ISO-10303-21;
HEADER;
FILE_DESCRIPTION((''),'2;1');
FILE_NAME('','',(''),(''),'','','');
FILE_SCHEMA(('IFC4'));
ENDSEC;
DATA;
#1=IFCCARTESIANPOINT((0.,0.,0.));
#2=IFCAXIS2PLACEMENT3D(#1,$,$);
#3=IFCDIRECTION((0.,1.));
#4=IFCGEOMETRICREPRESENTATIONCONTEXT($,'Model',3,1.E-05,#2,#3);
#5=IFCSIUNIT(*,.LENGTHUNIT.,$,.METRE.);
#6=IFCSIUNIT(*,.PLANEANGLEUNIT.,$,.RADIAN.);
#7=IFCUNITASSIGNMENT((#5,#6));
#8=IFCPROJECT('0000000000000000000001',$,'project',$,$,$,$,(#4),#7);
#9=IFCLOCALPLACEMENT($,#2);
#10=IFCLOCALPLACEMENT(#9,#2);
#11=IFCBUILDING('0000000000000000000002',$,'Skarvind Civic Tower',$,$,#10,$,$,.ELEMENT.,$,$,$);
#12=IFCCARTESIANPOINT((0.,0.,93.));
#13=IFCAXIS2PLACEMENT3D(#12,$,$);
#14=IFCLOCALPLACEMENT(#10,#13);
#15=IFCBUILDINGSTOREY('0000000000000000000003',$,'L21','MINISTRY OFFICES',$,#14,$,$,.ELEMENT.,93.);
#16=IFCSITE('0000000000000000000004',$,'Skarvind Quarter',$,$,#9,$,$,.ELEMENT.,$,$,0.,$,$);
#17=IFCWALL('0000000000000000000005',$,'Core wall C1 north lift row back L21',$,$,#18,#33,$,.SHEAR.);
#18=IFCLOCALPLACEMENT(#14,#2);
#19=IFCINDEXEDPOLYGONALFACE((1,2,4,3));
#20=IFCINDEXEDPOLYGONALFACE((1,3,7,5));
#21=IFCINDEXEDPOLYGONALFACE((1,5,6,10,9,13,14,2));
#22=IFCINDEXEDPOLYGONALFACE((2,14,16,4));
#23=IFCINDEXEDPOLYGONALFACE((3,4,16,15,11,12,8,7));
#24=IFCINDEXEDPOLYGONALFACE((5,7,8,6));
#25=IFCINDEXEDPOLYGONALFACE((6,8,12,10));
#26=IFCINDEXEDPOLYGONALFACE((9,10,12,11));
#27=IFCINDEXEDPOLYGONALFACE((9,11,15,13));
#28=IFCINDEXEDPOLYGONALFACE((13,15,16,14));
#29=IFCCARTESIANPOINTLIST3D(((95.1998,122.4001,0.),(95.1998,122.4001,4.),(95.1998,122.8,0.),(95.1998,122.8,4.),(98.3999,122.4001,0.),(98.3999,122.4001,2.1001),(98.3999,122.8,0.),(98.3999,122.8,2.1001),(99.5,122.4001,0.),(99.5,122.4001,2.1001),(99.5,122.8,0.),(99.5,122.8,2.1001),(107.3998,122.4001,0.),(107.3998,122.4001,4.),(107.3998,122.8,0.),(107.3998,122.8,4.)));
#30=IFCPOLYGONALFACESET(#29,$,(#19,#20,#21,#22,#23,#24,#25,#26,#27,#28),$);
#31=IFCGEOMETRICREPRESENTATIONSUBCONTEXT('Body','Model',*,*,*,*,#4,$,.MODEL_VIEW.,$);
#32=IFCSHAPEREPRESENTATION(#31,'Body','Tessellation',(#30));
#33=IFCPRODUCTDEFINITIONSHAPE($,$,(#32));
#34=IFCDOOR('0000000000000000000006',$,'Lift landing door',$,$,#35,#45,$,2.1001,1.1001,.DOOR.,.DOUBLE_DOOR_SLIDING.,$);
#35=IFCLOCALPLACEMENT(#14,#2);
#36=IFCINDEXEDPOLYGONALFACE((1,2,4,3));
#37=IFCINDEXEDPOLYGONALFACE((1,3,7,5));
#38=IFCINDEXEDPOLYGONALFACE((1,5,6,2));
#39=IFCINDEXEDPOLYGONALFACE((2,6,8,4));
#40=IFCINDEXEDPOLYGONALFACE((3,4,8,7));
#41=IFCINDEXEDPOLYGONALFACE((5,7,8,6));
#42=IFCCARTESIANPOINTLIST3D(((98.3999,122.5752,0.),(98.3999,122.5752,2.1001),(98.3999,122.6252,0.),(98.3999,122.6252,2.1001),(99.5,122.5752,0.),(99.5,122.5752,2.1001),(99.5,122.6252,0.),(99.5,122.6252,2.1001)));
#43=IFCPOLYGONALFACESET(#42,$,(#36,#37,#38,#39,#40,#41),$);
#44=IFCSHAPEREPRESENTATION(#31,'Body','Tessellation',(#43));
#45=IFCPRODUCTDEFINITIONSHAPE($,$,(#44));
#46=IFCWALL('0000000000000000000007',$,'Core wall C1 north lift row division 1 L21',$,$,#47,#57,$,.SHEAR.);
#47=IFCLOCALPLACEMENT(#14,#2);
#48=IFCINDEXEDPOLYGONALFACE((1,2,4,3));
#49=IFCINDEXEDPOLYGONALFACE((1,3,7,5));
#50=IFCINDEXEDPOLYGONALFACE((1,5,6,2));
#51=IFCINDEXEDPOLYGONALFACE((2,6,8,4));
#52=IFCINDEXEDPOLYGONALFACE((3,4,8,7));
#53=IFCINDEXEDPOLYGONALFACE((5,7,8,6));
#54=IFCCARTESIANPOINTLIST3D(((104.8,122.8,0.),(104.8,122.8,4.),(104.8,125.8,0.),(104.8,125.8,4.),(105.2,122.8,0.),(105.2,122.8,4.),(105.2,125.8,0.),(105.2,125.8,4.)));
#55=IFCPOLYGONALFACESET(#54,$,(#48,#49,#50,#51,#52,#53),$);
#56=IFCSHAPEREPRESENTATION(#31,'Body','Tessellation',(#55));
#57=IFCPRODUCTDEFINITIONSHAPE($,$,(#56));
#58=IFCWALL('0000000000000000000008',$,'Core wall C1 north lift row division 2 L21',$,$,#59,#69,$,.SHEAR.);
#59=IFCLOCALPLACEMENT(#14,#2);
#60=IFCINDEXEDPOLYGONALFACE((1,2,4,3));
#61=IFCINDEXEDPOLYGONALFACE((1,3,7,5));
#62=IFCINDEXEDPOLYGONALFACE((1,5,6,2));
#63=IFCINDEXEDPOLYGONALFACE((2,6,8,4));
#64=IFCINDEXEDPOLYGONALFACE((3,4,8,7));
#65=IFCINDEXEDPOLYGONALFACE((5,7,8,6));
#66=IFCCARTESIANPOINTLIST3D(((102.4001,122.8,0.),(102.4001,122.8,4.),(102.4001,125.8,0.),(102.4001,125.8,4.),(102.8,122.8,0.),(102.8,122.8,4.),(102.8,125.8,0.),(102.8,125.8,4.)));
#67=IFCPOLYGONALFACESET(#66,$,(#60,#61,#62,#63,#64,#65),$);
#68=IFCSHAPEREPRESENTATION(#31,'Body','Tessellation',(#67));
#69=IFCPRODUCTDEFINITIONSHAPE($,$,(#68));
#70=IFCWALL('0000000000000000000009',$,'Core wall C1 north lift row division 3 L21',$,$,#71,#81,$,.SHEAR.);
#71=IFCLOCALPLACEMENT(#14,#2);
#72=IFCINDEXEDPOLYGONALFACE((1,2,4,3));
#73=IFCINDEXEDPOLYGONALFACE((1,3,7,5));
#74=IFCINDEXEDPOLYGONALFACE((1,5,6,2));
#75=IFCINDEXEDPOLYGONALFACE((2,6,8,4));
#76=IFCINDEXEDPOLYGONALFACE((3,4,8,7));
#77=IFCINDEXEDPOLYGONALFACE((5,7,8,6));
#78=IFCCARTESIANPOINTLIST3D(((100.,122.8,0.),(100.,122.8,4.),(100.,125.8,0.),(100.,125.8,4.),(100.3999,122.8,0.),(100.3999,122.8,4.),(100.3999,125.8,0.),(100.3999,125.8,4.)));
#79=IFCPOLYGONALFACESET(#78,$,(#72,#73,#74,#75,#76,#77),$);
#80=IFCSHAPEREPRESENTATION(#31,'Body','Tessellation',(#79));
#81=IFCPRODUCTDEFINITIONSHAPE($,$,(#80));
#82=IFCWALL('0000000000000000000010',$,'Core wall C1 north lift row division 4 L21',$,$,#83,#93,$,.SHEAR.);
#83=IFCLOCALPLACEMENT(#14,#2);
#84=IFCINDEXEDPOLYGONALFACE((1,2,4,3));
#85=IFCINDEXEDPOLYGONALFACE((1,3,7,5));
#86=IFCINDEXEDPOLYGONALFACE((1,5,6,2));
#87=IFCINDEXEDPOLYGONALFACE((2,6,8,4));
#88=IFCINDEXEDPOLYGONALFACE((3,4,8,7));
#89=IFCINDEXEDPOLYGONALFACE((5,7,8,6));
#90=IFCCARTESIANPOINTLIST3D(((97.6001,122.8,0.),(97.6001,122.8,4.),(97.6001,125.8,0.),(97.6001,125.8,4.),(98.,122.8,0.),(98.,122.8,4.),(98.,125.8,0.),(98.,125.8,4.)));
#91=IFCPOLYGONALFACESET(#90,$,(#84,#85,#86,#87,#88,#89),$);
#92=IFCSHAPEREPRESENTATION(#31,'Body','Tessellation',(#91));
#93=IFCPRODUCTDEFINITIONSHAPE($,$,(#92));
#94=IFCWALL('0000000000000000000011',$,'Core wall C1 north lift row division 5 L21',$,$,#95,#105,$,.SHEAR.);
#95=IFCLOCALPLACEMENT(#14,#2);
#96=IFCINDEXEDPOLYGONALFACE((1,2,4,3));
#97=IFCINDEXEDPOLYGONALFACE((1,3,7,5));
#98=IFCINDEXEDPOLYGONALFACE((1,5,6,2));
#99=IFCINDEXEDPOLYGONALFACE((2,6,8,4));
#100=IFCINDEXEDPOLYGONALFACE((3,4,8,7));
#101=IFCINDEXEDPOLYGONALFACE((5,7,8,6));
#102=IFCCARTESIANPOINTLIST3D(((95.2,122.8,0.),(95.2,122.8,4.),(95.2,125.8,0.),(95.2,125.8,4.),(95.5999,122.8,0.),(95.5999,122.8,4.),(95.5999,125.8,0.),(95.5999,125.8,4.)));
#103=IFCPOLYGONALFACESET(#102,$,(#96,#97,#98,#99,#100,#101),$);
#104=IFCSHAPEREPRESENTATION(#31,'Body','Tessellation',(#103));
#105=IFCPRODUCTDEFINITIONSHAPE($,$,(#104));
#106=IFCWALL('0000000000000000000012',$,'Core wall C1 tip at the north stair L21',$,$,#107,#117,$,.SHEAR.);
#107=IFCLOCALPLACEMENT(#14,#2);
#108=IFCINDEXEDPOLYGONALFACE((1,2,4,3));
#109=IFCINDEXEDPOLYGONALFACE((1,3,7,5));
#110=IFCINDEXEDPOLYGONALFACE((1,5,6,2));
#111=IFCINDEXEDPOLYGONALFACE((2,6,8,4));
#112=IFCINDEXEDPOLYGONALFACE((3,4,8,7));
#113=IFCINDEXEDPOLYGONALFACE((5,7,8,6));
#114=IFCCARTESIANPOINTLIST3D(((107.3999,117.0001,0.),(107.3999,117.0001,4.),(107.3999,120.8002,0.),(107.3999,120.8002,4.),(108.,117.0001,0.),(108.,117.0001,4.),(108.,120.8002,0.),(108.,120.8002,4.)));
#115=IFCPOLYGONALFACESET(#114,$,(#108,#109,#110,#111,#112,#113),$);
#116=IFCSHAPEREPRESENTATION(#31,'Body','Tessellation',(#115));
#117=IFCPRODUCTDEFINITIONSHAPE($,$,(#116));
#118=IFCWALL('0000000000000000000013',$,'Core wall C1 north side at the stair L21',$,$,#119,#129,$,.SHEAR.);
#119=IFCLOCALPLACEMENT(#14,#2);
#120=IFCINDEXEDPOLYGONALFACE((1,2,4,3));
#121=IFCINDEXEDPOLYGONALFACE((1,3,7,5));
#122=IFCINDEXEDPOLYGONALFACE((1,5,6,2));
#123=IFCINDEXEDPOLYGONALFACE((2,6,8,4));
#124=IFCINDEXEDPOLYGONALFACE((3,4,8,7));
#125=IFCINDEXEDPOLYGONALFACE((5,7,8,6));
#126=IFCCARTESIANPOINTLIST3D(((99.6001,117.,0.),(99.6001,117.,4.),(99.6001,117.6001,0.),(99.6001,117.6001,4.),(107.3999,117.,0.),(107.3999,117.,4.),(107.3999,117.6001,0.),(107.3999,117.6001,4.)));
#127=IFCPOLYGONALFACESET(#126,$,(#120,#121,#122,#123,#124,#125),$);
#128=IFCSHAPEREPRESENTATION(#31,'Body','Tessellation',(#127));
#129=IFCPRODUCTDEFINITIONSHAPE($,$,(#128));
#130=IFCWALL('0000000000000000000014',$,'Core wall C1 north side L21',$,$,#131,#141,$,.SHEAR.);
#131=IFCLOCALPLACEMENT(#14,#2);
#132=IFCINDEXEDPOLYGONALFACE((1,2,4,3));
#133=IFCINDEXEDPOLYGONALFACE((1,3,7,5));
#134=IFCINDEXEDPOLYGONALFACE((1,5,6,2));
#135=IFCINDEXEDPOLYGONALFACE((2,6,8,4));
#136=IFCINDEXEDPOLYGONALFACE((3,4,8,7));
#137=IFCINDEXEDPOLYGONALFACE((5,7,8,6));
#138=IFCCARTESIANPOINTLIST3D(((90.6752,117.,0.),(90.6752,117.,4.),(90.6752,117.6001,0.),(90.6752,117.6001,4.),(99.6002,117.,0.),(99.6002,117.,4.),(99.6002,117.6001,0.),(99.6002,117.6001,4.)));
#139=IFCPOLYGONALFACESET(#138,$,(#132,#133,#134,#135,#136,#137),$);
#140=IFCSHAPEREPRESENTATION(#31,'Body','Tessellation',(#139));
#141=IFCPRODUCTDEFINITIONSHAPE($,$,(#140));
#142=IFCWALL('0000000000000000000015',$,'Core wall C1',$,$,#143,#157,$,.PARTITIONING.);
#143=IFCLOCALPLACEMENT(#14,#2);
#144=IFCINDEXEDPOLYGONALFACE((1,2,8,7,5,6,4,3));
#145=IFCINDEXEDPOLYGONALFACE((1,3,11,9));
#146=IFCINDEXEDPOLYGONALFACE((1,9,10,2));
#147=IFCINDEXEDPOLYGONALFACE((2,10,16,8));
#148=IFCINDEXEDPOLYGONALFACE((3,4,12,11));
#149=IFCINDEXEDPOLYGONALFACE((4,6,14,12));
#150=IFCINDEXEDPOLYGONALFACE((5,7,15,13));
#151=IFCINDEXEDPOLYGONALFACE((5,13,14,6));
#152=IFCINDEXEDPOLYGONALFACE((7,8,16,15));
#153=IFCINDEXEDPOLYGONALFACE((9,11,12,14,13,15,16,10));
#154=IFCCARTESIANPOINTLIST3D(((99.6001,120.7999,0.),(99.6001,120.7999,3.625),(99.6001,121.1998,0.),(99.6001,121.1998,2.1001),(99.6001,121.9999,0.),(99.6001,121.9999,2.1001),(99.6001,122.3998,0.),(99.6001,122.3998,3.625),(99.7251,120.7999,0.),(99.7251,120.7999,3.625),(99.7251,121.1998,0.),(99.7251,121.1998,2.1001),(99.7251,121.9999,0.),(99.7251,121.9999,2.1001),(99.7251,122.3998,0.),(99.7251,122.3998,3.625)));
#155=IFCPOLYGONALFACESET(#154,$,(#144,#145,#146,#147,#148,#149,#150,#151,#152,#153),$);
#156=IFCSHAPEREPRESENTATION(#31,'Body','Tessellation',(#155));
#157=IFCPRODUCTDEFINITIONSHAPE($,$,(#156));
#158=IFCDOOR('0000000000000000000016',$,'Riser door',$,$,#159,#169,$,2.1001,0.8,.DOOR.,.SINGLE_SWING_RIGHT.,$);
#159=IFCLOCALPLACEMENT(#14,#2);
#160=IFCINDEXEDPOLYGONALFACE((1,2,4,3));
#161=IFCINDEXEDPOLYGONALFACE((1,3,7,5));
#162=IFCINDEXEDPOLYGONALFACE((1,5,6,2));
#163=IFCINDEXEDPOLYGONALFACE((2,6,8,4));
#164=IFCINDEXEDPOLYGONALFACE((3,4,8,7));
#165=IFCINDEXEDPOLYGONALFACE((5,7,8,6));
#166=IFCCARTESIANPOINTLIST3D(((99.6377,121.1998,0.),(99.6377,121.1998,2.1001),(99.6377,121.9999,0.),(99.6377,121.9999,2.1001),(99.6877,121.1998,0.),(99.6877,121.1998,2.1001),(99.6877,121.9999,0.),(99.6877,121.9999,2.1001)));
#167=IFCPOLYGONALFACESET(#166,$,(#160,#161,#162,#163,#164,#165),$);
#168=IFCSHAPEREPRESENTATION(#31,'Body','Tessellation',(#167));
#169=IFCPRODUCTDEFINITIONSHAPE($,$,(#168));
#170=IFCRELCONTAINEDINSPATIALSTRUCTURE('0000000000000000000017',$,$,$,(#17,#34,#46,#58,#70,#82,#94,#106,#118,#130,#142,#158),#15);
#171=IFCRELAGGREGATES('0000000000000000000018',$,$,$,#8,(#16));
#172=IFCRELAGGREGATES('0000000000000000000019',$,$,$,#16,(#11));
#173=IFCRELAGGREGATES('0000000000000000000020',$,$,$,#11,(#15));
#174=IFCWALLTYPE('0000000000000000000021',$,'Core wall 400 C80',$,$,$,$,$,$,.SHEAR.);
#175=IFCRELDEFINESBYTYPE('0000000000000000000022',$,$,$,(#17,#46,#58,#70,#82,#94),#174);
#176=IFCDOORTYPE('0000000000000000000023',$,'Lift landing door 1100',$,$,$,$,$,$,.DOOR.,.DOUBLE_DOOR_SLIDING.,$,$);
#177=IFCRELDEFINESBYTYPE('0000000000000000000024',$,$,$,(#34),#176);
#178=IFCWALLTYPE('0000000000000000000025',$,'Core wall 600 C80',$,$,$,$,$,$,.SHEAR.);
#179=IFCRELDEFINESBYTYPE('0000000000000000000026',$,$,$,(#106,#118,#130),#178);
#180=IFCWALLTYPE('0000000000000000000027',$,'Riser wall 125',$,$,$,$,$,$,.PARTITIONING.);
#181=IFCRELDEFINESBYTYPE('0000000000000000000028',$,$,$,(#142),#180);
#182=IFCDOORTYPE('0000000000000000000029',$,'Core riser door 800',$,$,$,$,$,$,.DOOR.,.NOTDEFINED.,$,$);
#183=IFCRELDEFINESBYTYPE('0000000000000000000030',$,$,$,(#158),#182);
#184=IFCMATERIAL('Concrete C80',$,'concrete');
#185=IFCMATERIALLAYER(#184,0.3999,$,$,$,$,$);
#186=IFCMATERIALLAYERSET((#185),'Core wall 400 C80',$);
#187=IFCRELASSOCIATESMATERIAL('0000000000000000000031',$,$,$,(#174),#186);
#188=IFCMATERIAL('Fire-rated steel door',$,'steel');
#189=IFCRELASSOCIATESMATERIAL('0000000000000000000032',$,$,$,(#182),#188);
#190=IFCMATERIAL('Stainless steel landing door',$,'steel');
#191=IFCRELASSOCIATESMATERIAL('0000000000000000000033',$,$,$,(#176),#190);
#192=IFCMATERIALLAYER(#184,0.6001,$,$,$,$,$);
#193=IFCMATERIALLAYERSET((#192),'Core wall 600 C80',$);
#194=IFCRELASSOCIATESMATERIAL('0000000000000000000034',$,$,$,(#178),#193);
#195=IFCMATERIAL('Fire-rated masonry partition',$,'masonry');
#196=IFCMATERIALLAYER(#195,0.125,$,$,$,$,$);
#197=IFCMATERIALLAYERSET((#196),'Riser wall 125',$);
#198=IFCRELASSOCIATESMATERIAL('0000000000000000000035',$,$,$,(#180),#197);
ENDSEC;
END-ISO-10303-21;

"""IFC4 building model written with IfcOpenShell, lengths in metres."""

from ifc_helpers import new_model, si_unit, direction, frame, frame_2d, origin, place, context, subcontext, project, spatial, rectangle, extrude, material, layer, layer_set, type_object, element, fill, save


model = new_model("IFC4")

# Units and contexts
model_context = context("Model", 3, precision=1e-05, world=origin(), true_north=direction((0.0, 1.0)))
body_context = subcontext(model_context, "Body", "Model", "MODEL_VIEW")
ifc_project = project(units=[si_unit("LENGTHUNIT", "METRE"), si_unit("PLANEANGLEUNIT", "RADIAN")], contexts=[model_context])

# Site, building, storey
site_placement = place(None, origin())
site = spatial("IfcSite", under=ifc_project, at=site_placement, Name="Skarvind Quarter", CompositionType="ELEMENT", RefElevation=0.0)
building_placement = place(site_placement, origin())
building = spatial("IfcBuilding", under=site, at=building_placement, Name="Skarvind Civic Tower", CompositionType="ELEMENT")
storey_placement = place(building_placement, frame((0.0, 0.0, 93.0)))
storey = spatial("IfcBuildingStorey", under=building, at=storey_placement, Name="L21", Description="MINISTRY OFFICES", CompositionType="ELEMENT", Elevation=93.0)

# Shared definitions
ifc_material_1 = material(Name="Fire-rated masonry partition", Category="masonry")
ifc_material_2 = material(Name="Fire-rated steel door", Category="steel")

# Shared definitions
ifc_material_3 = material(Name="Concrete C80", Category="concrete")
ifc_layer_1 = layer(ifc_material_3, 0.3999)
ifc_layer_set_1 = layer_set([ifc_layer_1], Name="Core wall 400 C80")
wall_type_1 = type_object("IfcWallType", Name="Core wall 400 C80", PredefinedType="SHEAR", material=ifc_layer_set_1)

# Shared definitions
door_type_1 = type_object("IfcDoorType", Name="Core riser door 800", OperationType="NOTDEFINED", PredefinedType="DOOR", material=ifc_material_2)
ifc_material_4 = material(Name="Stainless steel landing door", Category="steel")
door_type_2 = type_object("IfcDoorType", Name="Lift landing door 1100", OperationType="DOUBLE_DOOR_SLIDING", PredefinedType="DOOR", material=ifc_material_4)

# Wall, opening, door
wall_1_placement = place(storey_placement, frame((107.3999, 122.6001, 0.0), z_axis=(0.0, 0.0, 1.0), x_axis=(-1.0, 0.0, 0.0)))
wall_1 = element("IfcWall", 1, at=wall_1_placement, inside=storey, type_object=wall_type_1, Name="Core wall C1 north lift row back L21", PredefinedType="SHEAR", context=body_context, shape_type="SweptSolid", body=[
    extrude(rectangle(XDim=12.2, YDim=0.3999, at=frame_2d((6.1001, 0.0))), origin(), (0.0, 0.0, 1.0), 4.0),
])
opening_1_placement = place(wall_1_placement, frame((7.8999, 0.0, 0.0)))
opening_1 = element("IfcOpeningElement", 2, at=opening_1_placement, cuts=wall_1, PredefinedType="OPENING", context=body_context, shape_type="SweptSolid", body=[
    extrude(rectangle(XDim=1.1001, YDim=2.1001, at=frame_2d((0.55, 1.05))), frame((0.0, 0.21, 0.0), z_axis=(0.0, -1.0, 0.0), x_axis=(1.0, 0.0, 0.0)), (0.0, 0.0, 1.0), 0.4199),
])
door_1_placement = place(opening_1_placement, origin())
door_1 = element("IfcDoor", 3, at=door_1_placement, inside=storey, type_object=door_type_2, Name="Lift landing door", OperationType="DOUBLE_DOOR_SLIDING", OverallHeight=2.1001, OverallWidth=1.1001, PredefinedType="DOOR", context=body_context, shape_type="SweptSolid", body=[
    extrude(rectangle(XDim=1.1001, YDim=2.1001, at=frame_2d((0.55, 1.05))), frame((0.0, 0.0249, 0.0), z_axis=(0.0, -1.0, 0.0), x_axis=(1.0, 0.0, 0.0)), (0.0, 0.0, 1.0), 0.05),
])
fill(opening_1, door_1)

# Walls
for number, where, z_axis, x_axis, name in (
    (4, (105.0, 125.8, 0.0), (0.0, 0.0, 1.0), (0.0, -1.0, 0.0), "Core wall C1 north lift row division 1 L21"),
    (5, (102.6001, 125.8, 0.0), (0.0, 0.0, 1.0), (0.0, -1.0, 0.0), "Core wall C1 north lift row division 2 L21"),
    (6, (100.2, 125.8, 0.0), (0.0, 0.0, 1.0), (0.0, -1.0, 0.0), "Core wall C1 north lift row division 3 L21"),
    (7, (97.8, 125.8, 0.0), (0.0, 0.0, 1.0), (0.0, -1.0, 0.0), "Core wall C1 north lift row division 4 L21"),
    (8, (95.3999, 125.8, 0.0), (0.0, 0.0, 1.0), (0.0, -1.0, 0.0), "Core wall C1 north lift row division 5 L21"),
):
    element("IfcWall", number, at=place(storey_placement, frame(where, z_axis=z_axis, x_axis=x_axis)), inside=storey, type_object=wall_type_1, Name=name, PredefinedType="SHEAR", context=body_context, shape_type="SweptSolid", body=[
        extrude(rectangle(XDim=3.0, YDim=0.3999, at=frame_2d((1.5, 0.0))), origin(), (0.0, 0.0, 1.0), 4.0),
    ])
ifc_layer_2 = layer(ifc_material_3, 0.6001)
ifc_layer_set_2 = layer_set([ifc_layer_2], Name="Core wall 600 C80")
wall_type_2 = type_object("IfcWallType", Name="Core wall 600 C80", PredefinedType="SHEAR", material=ifc_layer_set_2)
wall_2_placement = place(storey_placement, frame((107.7, 120.8, 0.0), z_axis=(0.0, 0.0, 1.0), x_axis=(0.0, -1.0, 0.0)))
element("IfcWall", 9, at=wall_2_placement, inside=storey, type_object=wall_type_2, Name="Core wall C1 tip at the north stair L21", PredefinedType="SHEAR", context=body_context, shape_type="SweptSolid", body=[
    extrude(rectangle(XDim=3.8, YDim=0.6001, at=frame_2d((1.8999, 0.0))), origin(), (0.0, 0.0, 1.0), 4.0),
])
wall_3_placement = place(storey_placement, frame((107.3999, 117.3, 0.0), z_axis=(0.0, 0.0, 1.0), x_axis=(-1.0, 0.0, 0.0)))
element("IfcWall", 10, at=wall_3_placement, inside=storey, type_object=wall_type_2, Name="Core wall C1 north side at the stair L21", PredefinedType="SHEAR", context=body_context, shape_type="SweptSolid", body=[
    extrude(rectangle(XDim=7.7998, YDim=0.6001, at=frame_2d((3.8999, 0.0))), origin(), (0.0, 0.0, 1.0), 4.0),
])
wall_4_placement = place(storey_placement, frame((99.6001, 117.3, 0.0), z_axis=(0.0, 0.0, 1.0), x_axis=(-1.0, 0.0, 0.0)))
element("IfcWall", 11, at=wall_4_placement, inside=storey, type_object=wall_type_2, Name="Core wall C1 north side L21", PredefinedType="SHEAR", context=body_context, shape_type="SweptSolid", body=[
    extrude(rectangle(XDim=8.925, YDim=0.6001, at=frame_2d((4.4624, 0.0))), origin(), (0.0, 0.0, 1.0), 4.0),
])

# Wall, opening, door
ifc_layer_3 = layer(ifc_material_1, 0.125)
ifc_layer_set_3 = layer_set([ifc_layer_3], Name="Riser wall 125")
wall_type_3 = type_object("IfcWallType", Name="Riser wall 125", PredefinedType="PARTITIONING", material=ifc_layer_set_3)
wall_5_placement = place(storey_placement, frame((99.6626, 120.8, 0.0), z_axis=(0.0, 0.0, 1.0), x_axis=(0.0, 1.0, 0.0)))
wall_5 = element("IfcWall", 12, at=wall_5_placement, inside=storey, type_object=wall_type_3, Name="Core wall C1", PredefinedType="PARTITIONING", context=body_context, shape_type="SweptSolid", body=[
    extrude(rectangle(XDim=1.5999, YDim=0.125, at=frame_2d((0.7998, 0.0))), origin(), (0.0, 0.0, 1.0), 3.625),
])
opening_2_placement = place(wall_5_placement, frame((0.3999, 0.0, 0.0)))
opening_2 = element("IfcOpeningElement", 13, at=opening_2_placement, cuts=wall_5, PredefinedType="OPENING", context=body_context, shape_type="SweptSolid", body=[
    extrude(rectangle(XDim=0.8, YDim=2.1001, at=frame_2d((0.3999, 1.05))), frame((0.0, 0.0725, 0.0), z_axis=(0.0, -1.0, 0.0), x_axis=(1.0, 0.0, 0.0)), (0.0, 0.0, 1.0), 0.145),
])
door_2_placement = place(opening_2_placement, origin())
door_2 = element("IfcDoor", 14, at=door_2_placement, inside=storey, type_object=door_type_1, Name="Riser door", OperationType="SINGLE_SWING_RIGHT", OverallHeight=2.1001, OverallWidth=0.8, PredefinedType="DOOR", context=body_context, shape_type="SweptSolid", body=[
    extrude(rectangle(XDim=0.8, YDim=2.1001, at=frame_2d((0.3999, 1.05))), frame((0.0, 0.0249, 0.0), z_axis=(0.0, -1.0, 0.0), x_axis=(1.0, 0.0, 0.0)), (0.0, 0.0, 1.0), 0.05),
])
fill(opening_2, door_2)

save(model, "model.ifc")
